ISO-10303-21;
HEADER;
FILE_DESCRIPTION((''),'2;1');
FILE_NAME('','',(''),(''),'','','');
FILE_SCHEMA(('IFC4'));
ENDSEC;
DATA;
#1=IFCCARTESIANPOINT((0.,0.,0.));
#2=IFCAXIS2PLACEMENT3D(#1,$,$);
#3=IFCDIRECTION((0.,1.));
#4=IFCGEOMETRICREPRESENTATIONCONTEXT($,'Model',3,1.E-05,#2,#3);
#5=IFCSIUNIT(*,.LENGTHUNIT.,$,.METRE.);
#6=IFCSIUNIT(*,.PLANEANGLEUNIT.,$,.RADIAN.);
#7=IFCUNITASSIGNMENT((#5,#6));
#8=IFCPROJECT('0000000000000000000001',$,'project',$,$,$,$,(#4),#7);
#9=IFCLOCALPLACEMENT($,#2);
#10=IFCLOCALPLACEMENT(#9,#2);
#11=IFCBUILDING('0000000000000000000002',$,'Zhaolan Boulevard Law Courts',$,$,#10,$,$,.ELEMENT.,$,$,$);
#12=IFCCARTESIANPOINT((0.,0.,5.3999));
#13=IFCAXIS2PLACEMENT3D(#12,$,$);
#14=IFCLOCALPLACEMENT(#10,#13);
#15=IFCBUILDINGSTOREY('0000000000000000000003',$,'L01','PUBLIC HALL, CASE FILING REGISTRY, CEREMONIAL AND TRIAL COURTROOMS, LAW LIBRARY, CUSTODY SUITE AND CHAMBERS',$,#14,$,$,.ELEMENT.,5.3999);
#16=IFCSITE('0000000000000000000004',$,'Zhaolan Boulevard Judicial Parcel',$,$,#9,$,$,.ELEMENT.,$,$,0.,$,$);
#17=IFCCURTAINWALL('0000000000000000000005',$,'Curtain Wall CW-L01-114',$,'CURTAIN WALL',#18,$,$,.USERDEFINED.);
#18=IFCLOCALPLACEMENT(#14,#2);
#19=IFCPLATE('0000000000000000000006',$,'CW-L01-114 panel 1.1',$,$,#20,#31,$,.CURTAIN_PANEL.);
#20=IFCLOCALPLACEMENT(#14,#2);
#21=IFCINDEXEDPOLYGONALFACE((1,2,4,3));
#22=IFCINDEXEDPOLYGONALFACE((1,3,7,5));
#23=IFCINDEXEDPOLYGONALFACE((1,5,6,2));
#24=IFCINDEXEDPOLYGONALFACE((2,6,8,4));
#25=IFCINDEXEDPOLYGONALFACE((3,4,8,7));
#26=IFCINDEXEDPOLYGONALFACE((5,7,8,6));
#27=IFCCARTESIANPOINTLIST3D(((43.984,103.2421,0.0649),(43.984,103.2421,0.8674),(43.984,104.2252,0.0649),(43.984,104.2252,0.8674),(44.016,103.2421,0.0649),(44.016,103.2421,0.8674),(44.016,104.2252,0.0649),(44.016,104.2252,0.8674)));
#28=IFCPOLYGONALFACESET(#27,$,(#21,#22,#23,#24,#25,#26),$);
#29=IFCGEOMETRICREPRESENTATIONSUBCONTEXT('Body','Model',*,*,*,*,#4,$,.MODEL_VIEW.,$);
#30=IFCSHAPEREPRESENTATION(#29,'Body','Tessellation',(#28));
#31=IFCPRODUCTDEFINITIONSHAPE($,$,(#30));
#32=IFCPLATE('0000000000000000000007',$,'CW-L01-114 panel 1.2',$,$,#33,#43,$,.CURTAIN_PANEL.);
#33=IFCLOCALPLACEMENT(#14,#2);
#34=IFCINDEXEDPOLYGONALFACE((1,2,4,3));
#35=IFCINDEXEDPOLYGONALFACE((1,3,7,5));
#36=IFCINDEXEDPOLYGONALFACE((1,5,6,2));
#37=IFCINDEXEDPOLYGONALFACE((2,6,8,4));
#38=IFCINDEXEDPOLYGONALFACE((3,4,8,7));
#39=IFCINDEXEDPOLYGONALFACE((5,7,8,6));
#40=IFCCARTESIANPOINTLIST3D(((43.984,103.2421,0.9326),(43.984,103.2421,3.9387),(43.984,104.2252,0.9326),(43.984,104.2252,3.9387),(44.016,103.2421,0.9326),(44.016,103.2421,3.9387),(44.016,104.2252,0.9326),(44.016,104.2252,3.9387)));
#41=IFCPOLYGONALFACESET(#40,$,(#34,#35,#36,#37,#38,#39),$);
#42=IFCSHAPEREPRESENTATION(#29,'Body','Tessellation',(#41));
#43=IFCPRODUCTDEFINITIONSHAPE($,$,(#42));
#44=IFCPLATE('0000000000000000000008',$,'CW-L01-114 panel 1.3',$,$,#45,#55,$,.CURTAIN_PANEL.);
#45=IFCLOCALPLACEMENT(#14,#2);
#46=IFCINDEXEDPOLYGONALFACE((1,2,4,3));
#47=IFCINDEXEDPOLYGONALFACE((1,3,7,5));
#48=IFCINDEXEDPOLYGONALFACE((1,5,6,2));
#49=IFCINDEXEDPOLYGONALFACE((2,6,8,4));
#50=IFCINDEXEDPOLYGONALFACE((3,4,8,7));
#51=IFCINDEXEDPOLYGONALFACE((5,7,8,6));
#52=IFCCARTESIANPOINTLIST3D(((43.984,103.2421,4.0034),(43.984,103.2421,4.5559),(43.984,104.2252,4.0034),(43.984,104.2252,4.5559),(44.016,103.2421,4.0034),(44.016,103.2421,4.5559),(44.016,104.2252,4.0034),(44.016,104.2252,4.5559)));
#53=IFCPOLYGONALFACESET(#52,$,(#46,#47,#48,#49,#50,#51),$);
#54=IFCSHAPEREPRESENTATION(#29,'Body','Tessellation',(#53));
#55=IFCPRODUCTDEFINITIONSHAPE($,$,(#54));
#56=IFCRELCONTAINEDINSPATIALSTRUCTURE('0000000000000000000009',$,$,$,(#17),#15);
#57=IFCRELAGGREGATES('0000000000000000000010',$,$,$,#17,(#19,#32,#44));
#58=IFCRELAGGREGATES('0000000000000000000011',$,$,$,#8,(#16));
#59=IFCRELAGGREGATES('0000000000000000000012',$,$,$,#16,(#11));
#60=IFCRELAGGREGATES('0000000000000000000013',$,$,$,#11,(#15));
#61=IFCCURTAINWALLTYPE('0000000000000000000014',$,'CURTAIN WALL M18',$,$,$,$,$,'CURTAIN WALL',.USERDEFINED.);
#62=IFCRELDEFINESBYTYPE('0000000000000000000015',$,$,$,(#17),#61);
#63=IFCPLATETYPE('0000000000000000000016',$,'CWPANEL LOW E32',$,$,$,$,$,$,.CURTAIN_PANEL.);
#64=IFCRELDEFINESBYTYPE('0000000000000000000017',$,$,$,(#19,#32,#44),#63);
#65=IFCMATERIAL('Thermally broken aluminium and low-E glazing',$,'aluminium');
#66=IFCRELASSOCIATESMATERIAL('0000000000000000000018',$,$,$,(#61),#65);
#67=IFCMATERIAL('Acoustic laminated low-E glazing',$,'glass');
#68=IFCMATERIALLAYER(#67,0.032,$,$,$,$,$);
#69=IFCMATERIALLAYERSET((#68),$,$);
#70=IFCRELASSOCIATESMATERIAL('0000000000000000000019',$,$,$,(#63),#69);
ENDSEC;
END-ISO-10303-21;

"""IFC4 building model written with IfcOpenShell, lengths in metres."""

from ifc_helpers import new_model, si_unit, direction, frame, origin, origin_2d, place, context, subcontext, project, spatial, rectangle, extrude, material, layer, layer_set, type_object, element, aggregate, save


model = new_model("IFC4")

# Units and contexts
model_context = context("Model", 3, precision=1e-05, world=origin(), true_north=direction((0.0, 1.0)))
body_context = subcontext(model_context, "Body", "Model", "MODEL_VIEW")
ifc_project = project(units=[si_unit("LENGTHUNIT", "METRE"), si_unit("PLANEANGLEUNIT", "RADIAN")], contexts=[model_context])

# Site, building, storey
site_placement = place(None, origin())
site = spatial("IfcSite", under=ifc_project, at=site_placement, Name="Zhaolan Boulevard Judicial Parcel", CompositionType="ELEMENT", RefElevation=0.0)
building_placement = place(site_placement, origin())
building = spatial("IfcBuilding", under=site, at=building_placement, Name="Zhaolan Boulevard Law Courts", CompositionType="ELEMENT")
storey_placement = place(building_placement, frame((0.0, 0.0, 5.3999)))
storey = spatial("IfcBuildingStorey", under=building, at=storey_placement, Name="L01", Description="PUBLIC HALL, CASE FILING REGISTRY, CEREMONIAL AND TRIAL COURTROOMS, LAW LIBRARY, CUSTODY SUITE AND CHAMBERS", CompositionType="ELEMENT", Elevation=5.3999)

# Curtain wall
ifc_material_1 = material(Name="Thermally broken aluminium and low-E glazing", Category="aluminium")
curtain_wall_type_1 = type_object("IfcCurtainWallType", Name="CURTAIN WALL M18", ElementType="CURTAIN WALL", PredefinedType="USERDEFINED", material=ifc_material_1)
curtain_wall_1_placement = place(storey_placement, origin())
curtain_wall_1 = element("IfcCurtainWall", 1, at=curtain_wall_1_placement, inside=storey, type_object=curtain_wall_type_1, Name="Curtain Wall CW-L01-114", ObjectType="CURTAIN WALL", PredefinedType="USERDEFINED")

# Plates
ifc_material_2 = material(Name="Acoustic laminated low-E glazing", Category="glass")
ifc_layer = layer(ifc_material_2, 0.032)
ifc_layer_set = layer_set([ifc_layer])
plate_type = type_object("IfcPlateType", Name="CWPANEL LOW E32", PredefinedType="CURTAIN_PANEL", material=ifc_layer_set)
plate_1_placement = place(storey_placement, frame((44.0, 103.7336, 0.0649), z_axis=(0.0, 0.0, 1.0), x_axis=(0.0, 1.0, 0.0)))
plate_1 = element("IfcPlate", 2, at=plate_1_placement, type_object=plate_type, Name="CW-L01-114 panel 1.1", PredefinedType="CURTAIN_PANEL", context=body_context, shape_type="SweptSolid", body=[
    extrude(rectangle(XDim=0.9832, YDim=0.032, at=origin_2d()), origin(), (0.0, 0.0, 1.0), 0.8025),
])
plate_2_placement = place(storey_placement, frame((44.0, 103.7336, 0.9326), z_axis=(0.0, 0.0, 1.0), x_axis=(0.0, 1.0, 0.0)))
plate_2 = element("IfcPlate", 3, at=plate_2_placement, type_object=plate_type, Name="CW-L01-114 panel 1.2", PredefinedType="CURTAIN_PANEL", context=body_context, shape_type="SweptSolid", body=[
    extrude(rectangle(XDim=0.9832, YDim=0.032, at=origin_2d()), origin(), (0.0, 0.0, 1.0), 3.0061),
])
plate_3_placement = place(storey_placement, frame((44.0, 103.7336, 4.0034), z_axis=(0.0, 0.0, 1.0), x_axis=(0.0, 1.0, 0.0)))
plate_3 = element("IfcPlate", 4, at=plate_3_placement, type_object=plate_type, Name="CW-L01-114 panel 1.3", PredefinedType="CURTAIN_PANEL", context=body_context, shape_type="SweptSolid", body=[
    extrude(rectangle(XDim=0.9832, YDim=0.032, at=origin_2d()), origin(), (0.0, 0.0, 1.0), 0.5525),
])
aggregate(curtain_wall_1, [plate_1, plate_2, plate_3])

save(model, "model.ifc")
